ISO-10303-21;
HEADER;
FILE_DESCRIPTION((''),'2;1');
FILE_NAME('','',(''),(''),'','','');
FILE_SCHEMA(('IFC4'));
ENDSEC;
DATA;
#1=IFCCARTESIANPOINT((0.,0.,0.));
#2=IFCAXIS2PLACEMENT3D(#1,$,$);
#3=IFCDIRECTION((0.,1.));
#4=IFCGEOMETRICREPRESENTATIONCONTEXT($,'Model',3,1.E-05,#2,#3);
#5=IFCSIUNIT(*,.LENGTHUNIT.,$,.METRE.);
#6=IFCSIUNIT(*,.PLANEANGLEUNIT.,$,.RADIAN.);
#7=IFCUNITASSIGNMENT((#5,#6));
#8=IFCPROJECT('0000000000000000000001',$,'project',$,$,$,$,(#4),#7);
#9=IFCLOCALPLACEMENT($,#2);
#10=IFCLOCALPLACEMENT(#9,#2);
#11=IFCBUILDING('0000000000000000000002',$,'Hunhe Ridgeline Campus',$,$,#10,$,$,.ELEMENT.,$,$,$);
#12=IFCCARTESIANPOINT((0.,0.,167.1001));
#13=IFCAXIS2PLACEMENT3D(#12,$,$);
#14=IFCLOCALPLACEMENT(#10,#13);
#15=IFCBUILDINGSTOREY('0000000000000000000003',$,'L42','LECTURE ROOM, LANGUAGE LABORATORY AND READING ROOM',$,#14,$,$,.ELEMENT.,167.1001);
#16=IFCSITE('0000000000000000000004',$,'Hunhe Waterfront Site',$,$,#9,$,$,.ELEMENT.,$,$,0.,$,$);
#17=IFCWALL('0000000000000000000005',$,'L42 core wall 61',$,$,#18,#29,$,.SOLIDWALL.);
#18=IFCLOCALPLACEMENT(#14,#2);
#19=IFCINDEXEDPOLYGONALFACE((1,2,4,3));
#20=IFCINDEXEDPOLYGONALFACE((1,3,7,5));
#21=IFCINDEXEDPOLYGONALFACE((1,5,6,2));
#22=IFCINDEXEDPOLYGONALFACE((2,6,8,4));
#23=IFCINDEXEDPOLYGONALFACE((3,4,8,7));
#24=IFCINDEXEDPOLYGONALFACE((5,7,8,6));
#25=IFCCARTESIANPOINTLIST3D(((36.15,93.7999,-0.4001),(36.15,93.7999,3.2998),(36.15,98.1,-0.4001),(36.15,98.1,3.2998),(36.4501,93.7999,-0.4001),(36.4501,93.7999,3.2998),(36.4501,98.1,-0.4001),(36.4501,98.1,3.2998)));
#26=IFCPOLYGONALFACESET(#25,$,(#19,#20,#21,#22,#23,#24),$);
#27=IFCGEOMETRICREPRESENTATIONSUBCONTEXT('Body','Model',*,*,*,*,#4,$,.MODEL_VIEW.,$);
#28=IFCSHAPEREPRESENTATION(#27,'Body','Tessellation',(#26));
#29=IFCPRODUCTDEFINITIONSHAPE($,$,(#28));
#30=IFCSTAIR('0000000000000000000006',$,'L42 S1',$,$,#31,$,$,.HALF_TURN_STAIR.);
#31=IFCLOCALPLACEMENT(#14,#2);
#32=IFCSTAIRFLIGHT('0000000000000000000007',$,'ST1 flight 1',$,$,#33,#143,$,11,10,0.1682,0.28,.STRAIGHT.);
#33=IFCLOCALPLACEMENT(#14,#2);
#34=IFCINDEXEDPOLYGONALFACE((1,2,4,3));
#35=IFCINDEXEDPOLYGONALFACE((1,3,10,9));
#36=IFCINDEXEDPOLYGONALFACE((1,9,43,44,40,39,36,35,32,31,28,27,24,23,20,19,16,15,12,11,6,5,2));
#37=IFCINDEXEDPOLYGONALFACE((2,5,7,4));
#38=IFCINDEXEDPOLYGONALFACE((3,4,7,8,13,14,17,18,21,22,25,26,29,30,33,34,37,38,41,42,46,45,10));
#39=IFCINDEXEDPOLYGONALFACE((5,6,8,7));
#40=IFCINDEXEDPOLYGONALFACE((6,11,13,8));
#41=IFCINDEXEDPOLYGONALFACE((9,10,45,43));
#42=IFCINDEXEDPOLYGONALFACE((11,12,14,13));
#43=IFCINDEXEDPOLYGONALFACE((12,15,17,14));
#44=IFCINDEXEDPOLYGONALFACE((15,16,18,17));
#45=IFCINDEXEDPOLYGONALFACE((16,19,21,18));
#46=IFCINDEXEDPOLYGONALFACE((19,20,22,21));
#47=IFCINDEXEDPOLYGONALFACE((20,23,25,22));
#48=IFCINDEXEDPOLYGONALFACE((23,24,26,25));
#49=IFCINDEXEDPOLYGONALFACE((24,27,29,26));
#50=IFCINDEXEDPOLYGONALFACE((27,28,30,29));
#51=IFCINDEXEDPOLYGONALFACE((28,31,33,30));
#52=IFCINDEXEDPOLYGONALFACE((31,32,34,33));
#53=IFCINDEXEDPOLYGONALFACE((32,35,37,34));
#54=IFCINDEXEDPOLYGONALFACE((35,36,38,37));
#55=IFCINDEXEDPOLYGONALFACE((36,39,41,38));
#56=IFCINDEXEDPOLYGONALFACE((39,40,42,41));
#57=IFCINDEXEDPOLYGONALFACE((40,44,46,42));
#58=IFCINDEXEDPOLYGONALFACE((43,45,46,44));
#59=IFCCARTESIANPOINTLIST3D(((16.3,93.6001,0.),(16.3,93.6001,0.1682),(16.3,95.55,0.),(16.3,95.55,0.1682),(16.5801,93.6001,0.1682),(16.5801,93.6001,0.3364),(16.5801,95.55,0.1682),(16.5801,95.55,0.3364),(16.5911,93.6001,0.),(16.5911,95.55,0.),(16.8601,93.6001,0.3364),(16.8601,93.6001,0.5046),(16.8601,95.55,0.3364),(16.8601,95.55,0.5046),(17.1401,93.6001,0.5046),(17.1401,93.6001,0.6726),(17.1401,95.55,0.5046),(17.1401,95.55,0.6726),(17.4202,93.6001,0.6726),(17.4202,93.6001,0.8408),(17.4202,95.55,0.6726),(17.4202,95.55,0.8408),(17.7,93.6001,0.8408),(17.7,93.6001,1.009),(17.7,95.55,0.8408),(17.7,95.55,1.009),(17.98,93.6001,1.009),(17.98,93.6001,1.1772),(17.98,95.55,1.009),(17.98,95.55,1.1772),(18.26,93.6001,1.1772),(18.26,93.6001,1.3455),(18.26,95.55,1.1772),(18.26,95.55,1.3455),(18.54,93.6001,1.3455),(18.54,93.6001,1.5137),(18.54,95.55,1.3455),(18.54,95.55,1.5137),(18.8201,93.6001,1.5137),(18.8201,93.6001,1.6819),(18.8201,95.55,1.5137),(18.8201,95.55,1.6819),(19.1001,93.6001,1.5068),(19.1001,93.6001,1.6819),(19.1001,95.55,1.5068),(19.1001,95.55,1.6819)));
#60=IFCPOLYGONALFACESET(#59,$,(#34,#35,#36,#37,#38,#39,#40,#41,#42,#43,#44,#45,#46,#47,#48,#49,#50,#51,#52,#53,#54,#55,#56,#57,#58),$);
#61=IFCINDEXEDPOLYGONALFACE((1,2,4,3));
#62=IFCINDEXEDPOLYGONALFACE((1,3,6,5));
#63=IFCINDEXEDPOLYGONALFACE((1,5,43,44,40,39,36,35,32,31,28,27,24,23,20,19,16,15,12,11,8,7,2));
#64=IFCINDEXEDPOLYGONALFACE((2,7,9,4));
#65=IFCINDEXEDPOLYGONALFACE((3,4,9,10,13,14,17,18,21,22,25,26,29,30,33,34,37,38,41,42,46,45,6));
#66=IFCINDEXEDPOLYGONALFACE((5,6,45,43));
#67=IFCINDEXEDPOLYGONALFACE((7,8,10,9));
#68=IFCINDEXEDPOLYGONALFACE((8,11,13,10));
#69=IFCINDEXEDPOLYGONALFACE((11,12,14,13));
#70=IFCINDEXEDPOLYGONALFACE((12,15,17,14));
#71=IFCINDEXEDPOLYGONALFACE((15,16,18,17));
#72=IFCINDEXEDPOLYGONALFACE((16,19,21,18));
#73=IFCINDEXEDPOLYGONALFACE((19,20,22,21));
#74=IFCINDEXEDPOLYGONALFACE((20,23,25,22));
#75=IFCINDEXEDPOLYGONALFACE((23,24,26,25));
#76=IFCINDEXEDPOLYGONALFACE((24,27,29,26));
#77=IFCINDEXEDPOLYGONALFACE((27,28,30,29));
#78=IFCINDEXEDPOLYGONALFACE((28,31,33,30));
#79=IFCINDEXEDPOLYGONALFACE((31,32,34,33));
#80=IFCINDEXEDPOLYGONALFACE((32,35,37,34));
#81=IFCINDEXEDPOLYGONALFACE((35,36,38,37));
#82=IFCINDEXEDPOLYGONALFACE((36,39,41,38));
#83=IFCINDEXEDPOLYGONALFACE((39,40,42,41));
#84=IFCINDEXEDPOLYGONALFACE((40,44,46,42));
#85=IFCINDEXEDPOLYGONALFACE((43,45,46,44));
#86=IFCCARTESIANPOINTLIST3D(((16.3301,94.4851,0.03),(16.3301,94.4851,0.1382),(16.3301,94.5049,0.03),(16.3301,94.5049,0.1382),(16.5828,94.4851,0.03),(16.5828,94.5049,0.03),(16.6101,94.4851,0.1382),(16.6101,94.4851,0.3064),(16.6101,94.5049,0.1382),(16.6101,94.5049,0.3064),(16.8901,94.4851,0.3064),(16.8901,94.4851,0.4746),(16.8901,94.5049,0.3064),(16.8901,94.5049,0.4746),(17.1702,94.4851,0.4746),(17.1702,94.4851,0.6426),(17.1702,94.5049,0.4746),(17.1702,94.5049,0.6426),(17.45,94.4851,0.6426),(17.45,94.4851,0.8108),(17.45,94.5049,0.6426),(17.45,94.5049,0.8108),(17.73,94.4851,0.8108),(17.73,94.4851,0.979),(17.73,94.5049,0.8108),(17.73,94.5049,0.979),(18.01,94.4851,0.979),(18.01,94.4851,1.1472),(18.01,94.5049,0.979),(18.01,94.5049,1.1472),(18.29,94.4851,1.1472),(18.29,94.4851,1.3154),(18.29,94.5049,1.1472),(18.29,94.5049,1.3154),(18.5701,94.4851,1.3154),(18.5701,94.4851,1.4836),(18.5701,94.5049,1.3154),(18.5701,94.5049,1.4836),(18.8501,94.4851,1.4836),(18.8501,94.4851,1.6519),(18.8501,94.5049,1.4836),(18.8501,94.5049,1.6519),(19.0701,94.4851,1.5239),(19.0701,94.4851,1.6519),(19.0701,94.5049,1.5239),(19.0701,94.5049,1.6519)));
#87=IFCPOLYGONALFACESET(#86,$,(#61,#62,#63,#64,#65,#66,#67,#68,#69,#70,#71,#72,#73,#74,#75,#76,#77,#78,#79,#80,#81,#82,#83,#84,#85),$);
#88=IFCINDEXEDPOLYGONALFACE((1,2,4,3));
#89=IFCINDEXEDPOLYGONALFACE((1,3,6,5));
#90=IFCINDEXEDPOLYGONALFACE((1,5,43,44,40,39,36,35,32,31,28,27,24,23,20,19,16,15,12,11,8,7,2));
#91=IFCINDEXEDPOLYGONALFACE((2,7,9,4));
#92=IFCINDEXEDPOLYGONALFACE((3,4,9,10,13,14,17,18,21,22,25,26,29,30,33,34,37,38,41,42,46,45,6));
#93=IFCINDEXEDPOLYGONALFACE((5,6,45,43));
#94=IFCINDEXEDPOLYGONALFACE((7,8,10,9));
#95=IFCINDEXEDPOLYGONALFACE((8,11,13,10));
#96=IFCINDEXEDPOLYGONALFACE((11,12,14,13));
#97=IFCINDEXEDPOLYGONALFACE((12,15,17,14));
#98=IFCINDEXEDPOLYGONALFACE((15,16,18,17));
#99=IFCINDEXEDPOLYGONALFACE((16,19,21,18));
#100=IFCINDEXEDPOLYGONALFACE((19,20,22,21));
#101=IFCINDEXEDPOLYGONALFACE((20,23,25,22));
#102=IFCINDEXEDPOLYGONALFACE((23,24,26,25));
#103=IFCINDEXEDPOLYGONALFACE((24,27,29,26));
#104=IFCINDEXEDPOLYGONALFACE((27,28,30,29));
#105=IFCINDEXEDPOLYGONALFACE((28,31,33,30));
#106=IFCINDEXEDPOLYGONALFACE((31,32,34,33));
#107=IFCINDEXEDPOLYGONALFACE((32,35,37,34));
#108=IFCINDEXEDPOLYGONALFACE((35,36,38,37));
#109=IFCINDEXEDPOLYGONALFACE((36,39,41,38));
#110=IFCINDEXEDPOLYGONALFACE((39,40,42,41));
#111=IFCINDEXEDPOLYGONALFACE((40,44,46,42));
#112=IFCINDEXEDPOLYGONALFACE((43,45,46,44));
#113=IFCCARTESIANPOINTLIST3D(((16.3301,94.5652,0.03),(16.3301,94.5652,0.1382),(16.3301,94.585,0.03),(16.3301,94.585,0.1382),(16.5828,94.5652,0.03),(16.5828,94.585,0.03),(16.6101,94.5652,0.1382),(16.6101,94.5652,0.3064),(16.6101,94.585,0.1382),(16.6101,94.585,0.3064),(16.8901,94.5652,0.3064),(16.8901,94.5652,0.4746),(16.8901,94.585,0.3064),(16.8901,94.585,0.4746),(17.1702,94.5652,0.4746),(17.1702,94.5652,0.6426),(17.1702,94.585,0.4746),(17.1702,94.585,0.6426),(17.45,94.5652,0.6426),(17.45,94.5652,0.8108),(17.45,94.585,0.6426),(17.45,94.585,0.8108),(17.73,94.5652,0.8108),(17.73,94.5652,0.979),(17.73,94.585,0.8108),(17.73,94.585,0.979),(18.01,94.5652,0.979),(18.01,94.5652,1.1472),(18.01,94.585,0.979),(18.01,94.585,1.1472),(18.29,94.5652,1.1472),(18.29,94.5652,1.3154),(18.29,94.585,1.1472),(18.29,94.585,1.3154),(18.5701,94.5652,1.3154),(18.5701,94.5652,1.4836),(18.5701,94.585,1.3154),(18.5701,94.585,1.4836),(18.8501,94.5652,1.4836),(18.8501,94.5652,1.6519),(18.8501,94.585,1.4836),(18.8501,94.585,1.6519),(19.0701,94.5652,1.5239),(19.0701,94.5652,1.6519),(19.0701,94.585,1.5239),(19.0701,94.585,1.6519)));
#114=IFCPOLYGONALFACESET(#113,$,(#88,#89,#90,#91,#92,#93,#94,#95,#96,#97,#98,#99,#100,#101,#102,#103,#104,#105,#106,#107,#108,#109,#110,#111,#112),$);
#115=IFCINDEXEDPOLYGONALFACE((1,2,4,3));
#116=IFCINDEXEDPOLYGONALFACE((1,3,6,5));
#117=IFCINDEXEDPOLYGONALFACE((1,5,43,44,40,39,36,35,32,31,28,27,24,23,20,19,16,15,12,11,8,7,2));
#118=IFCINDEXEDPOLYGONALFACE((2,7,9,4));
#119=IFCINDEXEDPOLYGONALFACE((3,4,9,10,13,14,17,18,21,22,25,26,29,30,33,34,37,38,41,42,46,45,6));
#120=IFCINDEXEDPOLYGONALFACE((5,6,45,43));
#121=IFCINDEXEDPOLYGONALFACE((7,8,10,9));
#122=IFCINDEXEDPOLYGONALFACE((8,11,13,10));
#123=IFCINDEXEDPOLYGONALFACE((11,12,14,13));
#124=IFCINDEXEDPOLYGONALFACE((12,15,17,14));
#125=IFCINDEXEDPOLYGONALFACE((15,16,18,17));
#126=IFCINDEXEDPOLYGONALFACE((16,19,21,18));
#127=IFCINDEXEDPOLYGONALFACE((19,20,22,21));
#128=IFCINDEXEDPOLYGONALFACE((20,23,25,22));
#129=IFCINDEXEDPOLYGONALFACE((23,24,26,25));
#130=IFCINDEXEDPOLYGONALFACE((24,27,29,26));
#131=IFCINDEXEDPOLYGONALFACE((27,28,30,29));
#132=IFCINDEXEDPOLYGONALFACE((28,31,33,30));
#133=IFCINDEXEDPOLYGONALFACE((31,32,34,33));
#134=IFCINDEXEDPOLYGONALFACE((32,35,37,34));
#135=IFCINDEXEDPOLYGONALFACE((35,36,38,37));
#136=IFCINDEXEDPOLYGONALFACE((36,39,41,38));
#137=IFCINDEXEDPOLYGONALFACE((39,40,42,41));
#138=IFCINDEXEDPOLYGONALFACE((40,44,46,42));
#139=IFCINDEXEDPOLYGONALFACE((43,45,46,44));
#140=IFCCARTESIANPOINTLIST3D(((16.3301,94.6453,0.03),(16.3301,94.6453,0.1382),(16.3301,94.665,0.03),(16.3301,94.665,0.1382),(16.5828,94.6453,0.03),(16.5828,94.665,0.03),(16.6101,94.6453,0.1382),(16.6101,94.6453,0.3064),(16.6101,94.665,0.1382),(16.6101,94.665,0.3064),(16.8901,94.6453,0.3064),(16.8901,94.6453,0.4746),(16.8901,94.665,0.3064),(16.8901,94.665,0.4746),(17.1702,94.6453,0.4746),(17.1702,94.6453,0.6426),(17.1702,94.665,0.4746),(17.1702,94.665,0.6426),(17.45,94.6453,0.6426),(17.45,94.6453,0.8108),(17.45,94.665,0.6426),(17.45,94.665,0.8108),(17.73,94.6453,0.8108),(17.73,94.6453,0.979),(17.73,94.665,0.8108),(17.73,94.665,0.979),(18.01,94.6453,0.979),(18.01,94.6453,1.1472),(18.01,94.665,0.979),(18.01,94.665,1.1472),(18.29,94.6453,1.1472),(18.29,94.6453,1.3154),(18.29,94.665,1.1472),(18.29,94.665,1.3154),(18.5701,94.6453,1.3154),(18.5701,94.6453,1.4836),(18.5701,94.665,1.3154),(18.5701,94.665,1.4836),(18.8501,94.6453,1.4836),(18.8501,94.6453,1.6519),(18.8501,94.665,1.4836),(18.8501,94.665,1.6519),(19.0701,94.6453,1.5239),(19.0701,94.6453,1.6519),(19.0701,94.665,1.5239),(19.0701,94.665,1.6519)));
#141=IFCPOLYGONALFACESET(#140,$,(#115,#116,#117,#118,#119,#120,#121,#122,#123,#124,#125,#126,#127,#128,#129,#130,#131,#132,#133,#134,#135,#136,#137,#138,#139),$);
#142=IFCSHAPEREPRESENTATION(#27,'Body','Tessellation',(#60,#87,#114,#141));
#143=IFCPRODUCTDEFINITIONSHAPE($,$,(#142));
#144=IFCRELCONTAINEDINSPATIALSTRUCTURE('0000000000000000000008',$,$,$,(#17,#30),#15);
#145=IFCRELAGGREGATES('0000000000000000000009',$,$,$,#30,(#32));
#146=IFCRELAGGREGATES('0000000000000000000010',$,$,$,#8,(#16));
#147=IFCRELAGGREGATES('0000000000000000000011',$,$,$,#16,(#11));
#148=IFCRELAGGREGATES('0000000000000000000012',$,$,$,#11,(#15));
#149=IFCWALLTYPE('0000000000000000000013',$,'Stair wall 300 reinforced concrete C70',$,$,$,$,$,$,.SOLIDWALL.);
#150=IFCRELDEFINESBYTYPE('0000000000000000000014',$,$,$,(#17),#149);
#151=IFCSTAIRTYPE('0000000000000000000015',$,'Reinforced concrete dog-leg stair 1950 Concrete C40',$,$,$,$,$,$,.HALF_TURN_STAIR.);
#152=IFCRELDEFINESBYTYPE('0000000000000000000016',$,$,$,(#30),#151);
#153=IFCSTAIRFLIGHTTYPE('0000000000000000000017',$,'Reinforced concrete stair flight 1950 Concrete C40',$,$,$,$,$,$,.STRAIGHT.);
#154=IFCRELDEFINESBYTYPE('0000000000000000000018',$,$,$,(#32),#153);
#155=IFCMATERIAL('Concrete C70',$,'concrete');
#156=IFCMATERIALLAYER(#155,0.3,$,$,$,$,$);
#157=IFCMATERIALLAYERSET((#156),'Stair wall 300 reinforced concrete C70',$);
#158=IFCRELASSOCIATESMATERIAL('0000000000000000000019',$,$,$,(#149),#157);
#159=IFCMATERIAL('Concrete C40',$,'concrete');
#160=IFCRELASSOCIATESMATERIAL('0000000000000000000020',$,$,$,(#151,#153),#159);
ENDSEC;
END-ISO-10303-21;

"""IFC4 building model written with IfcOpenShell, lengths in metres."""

from ifc_helpers import new_model, si_unit, direction, frame, frame_2d, origin, place, context, subcontext, project, spatial, polyline, rectangle, outline, extrude, material, layer, layer_set, type_object, element, aggregate, save


model = new_model("IFC4")

# Units and contexts
model_context = context("Model", 3, precision=1e-05, world=origin(), true_north=direction((0.0, 1.0)))
body_context = subcontext(model_context, "Body", "Model", "MODEL_VIEW")
ifc_project = project(units=[si_unit("LENGTHUNIT", "METRE"), si_unit("PLANEANGLEUNIT", "RADIAN")], contexts=[model_context])

# Site, building, storey
site_placement = place(None, origin())
site = spatial("IfcSite", under=ifc_project, at=site_placement, Name="Hunhe Waterfront Site", CompositionType="ELEMENT", RefElevation=0.0)
building_placement = place(site_placement, origin())
building = spatial("IfcBuilding", under=site, at=building_placement, Name="Hunhe Ridgeline Campus", CompositionType="ELEMENT")
storey_placement = place(building_placement, frame((0.0, 0.0, 167.1001)))
storey = spatial("IfcBuildingStorey", under=building, at=storey_placement, Name="L42", Description="LECTURE ROOM, LANGUAGE LABORATORY AND READING ROOM", CompositionType="ELEMENT", Elevation=167.1001)

# Shared definitions
ifc_material_1 = material(Name="Concrete C70", Category="concrete")

# Shared definitions
ifc_layer_1 = layer(ifc_material_1, 0.3)
ifc_layer_set_1 = layer_set([ifc_layer_1], Name="Stair wall 300 reinforced concrete C70")
wall_type_1 = type_object("IfcWallType", Name="Stair wall 300 reinforced concrete C70", PredefinedType="SOLIDWALL", material=ifc_layer_set_1)

# Wall
wall_1_placement = place(storey_placement, frame((36.3, 93.8, -0.4001), z_axis=(0.0, 0.0, 1.0), x_axis=(0.0, 1.0, 0.0)))
element("IfcWall", 1, at=wall_1_placement, inside=storey, type_object=wall_type_1, Name="L42 core wall 61", PredefinedType="SOLIDWALL", context=body_context, shape_type="SweptSolid", body=[
    extrude(rectangle(XDim=4.3, YDim=0.3, at=frame_2d((2.1499, 0.0))), origin(), (0.0, 0.0, 1.0), 3.7),
])

# Stair, stair flight
ifc_material_2 = material(Name="Concrete C40", Category="concrete")
stair_type = type_object("IfcStairType", Name="Reinforced concrete dog-leg stair 1950 Concrete C40", PredefinedType="HALF_TURN_STAIR", material=ifc_material_2)
stair_1_placement = place(storey_placement, origin())
stair_1 = element("IfcStair", 2, at=stair_1_placement, inside=storey, type_object=stair_type, Name="L42 S1", PredefinedType="HALF_TURN_STAIR")
stair_flight_type = type_object("IfcStairFlightType", Name="Reinforced concrete stair flight 1950 Concrete C40", PredefinedType="STRAIGHT", material=ifc_material_2)
stair_flight_1_placement = place(storey_placement, frame((16.3, 94.575, 0.0), z_axis=(0.0, 0.0, 1.0), x_axis=(1.0, 0.0, 0.0)))
stair_flight_1 = element("IfcStairFlight", 3, at=stair_flight_1_placement, type_object=stair_flight_type, Name="ST1 flight 1", NumberOfRisers=11, NumberOfTreads=10, PredefinedType="STRAIGHT", RiserHeight=0.1682, TreadLength=0.28, context=body_context, shape_type="SweptSolid", body=[
    extrude(outline(polyline([(0.0, 0.0), (0.0, 0.1682), (0.28, 0.1682), (0.28, 0.3364), (0.5601, 0.3364), (0.5601, 0.5046), (0.8401, 0.5046), (0.8401, 0.6726), (1.1201, 0.6726), (1.1201, 0.8408), (1.3999, 0.8408), (1.3999, 1.009), (1.6799, 1.009), (1.6799, 1.1772), (1.96, 1.1772), (1.96, 1.3455), (2.24, 1.3455), (2.24, 1.5137), (2.52, 1.5137), (2.52, 1.6819), (2.8, 1.6819), (2.8, 1.8501), (2.8, 1.5068), (0.291, 0.0), (0.0, 0.0)])), frame((0.0, 0.9751, 0.0), z_axis=(0.0, -1.0, 0.0), x_axis=(1.0, 0.0, 0.0)), (0.0, 0.0, 1.0), 1.95),
    extrude(outline(polyline([(0.03, 0.03), (0.03, 0.1382), (0.3101, 0.1382), (0.3101, 0.3064), (0.5901, 0.3064), (0.5901, 0.4746), (0.8701, 0.4746), (0.8701, 0.6426), (1.1499, 0.6426), (1.1499, 0.8108), (1.4299, 0.8108), (1.4299, 0.979), (1.71, 0.979), (1.71, 1.1472), (1.99, 1.1472), (1.99, 1.3154), (2.27, 1.3154), (2.27, 1.4836), (2.55, 1.4836), (2.55, 1.6519), (2.77, 1.6519), (2.77, 1.5239), (0.2827, 0.03), (0.03, 0.03)])), frame((0.0, -0.0701, 0.0), z_axis=(0.0, -1.0, 0.0), x_axis=(1.0, 0.0, 0.0)), (0.0, 0.0, 1.0), 0.0198),
    extrude(outline(polyline([(0.03, 0.03), (0.03, 0.1382), (0.3101, 0.1382), (0.3101, 0.3064), (0.5901, 0.3064), (0.5901, 0.4746), (0.8701, 0.4746), (0.8701, 0.6426), (1.1499, 0.6426), (1.1499, 0.8108), (1.4299, 0.8108), (1.4299, 0.979), (1.71, 0.979), (1.71, 1.1472), (1.99, 1.1472), (1.99, 1.3154), (2.27, 1.3154), (2.27, 1.4836), (2.55, 1.4836), (2.55, 1.6519), (2.77, 1.6519), (2.77, 1.5239), (0.2827, 0.03), (0.03, 0.03)])), frame((0.0, 0.01, 0.0), z_axis=(0.0, -1.0, 0.0), x_axis=(1.0, 0.0, 0.0)), (0.0, 0.0, 1.0), 0.0198),
    extrude(outline(polyline([(0.03, 0.03), (0.03, 0.1382), (0.3101, 0.1382), (0.3101, 0.3064), (0.5901, 0.3064), (0.5901, 0.4746), (0.8701, 0.4746), (0.8701, 0.6426), (1.1499, 0.6426), (1.1499, 0.8108), (1.4299, 0.8108), (1.4299, 0.979), (1.71, 0.979), (1.71, 1.1472), (1.99, 1.1472), (1.99, 1.3154), (2.27, 1.3154), (2.27, 1.4836), (2.55, 1.4836), (2.55, 1.6519), (2.77, 1.6519), (2.77, 1.5239), (0.2827, 0.03), (0.03, 0.03)])), frame((0.0, 0.0901, 0.0), z_axis=(0.0, -1.0, 0.0), x_axis=(1.0, 0.0, 0.0)), (0.0, 0.0, 1.0), 0.0198),
])
aggregate(stair_1, [stair_flight_1])

save(model, "model.ifc")
